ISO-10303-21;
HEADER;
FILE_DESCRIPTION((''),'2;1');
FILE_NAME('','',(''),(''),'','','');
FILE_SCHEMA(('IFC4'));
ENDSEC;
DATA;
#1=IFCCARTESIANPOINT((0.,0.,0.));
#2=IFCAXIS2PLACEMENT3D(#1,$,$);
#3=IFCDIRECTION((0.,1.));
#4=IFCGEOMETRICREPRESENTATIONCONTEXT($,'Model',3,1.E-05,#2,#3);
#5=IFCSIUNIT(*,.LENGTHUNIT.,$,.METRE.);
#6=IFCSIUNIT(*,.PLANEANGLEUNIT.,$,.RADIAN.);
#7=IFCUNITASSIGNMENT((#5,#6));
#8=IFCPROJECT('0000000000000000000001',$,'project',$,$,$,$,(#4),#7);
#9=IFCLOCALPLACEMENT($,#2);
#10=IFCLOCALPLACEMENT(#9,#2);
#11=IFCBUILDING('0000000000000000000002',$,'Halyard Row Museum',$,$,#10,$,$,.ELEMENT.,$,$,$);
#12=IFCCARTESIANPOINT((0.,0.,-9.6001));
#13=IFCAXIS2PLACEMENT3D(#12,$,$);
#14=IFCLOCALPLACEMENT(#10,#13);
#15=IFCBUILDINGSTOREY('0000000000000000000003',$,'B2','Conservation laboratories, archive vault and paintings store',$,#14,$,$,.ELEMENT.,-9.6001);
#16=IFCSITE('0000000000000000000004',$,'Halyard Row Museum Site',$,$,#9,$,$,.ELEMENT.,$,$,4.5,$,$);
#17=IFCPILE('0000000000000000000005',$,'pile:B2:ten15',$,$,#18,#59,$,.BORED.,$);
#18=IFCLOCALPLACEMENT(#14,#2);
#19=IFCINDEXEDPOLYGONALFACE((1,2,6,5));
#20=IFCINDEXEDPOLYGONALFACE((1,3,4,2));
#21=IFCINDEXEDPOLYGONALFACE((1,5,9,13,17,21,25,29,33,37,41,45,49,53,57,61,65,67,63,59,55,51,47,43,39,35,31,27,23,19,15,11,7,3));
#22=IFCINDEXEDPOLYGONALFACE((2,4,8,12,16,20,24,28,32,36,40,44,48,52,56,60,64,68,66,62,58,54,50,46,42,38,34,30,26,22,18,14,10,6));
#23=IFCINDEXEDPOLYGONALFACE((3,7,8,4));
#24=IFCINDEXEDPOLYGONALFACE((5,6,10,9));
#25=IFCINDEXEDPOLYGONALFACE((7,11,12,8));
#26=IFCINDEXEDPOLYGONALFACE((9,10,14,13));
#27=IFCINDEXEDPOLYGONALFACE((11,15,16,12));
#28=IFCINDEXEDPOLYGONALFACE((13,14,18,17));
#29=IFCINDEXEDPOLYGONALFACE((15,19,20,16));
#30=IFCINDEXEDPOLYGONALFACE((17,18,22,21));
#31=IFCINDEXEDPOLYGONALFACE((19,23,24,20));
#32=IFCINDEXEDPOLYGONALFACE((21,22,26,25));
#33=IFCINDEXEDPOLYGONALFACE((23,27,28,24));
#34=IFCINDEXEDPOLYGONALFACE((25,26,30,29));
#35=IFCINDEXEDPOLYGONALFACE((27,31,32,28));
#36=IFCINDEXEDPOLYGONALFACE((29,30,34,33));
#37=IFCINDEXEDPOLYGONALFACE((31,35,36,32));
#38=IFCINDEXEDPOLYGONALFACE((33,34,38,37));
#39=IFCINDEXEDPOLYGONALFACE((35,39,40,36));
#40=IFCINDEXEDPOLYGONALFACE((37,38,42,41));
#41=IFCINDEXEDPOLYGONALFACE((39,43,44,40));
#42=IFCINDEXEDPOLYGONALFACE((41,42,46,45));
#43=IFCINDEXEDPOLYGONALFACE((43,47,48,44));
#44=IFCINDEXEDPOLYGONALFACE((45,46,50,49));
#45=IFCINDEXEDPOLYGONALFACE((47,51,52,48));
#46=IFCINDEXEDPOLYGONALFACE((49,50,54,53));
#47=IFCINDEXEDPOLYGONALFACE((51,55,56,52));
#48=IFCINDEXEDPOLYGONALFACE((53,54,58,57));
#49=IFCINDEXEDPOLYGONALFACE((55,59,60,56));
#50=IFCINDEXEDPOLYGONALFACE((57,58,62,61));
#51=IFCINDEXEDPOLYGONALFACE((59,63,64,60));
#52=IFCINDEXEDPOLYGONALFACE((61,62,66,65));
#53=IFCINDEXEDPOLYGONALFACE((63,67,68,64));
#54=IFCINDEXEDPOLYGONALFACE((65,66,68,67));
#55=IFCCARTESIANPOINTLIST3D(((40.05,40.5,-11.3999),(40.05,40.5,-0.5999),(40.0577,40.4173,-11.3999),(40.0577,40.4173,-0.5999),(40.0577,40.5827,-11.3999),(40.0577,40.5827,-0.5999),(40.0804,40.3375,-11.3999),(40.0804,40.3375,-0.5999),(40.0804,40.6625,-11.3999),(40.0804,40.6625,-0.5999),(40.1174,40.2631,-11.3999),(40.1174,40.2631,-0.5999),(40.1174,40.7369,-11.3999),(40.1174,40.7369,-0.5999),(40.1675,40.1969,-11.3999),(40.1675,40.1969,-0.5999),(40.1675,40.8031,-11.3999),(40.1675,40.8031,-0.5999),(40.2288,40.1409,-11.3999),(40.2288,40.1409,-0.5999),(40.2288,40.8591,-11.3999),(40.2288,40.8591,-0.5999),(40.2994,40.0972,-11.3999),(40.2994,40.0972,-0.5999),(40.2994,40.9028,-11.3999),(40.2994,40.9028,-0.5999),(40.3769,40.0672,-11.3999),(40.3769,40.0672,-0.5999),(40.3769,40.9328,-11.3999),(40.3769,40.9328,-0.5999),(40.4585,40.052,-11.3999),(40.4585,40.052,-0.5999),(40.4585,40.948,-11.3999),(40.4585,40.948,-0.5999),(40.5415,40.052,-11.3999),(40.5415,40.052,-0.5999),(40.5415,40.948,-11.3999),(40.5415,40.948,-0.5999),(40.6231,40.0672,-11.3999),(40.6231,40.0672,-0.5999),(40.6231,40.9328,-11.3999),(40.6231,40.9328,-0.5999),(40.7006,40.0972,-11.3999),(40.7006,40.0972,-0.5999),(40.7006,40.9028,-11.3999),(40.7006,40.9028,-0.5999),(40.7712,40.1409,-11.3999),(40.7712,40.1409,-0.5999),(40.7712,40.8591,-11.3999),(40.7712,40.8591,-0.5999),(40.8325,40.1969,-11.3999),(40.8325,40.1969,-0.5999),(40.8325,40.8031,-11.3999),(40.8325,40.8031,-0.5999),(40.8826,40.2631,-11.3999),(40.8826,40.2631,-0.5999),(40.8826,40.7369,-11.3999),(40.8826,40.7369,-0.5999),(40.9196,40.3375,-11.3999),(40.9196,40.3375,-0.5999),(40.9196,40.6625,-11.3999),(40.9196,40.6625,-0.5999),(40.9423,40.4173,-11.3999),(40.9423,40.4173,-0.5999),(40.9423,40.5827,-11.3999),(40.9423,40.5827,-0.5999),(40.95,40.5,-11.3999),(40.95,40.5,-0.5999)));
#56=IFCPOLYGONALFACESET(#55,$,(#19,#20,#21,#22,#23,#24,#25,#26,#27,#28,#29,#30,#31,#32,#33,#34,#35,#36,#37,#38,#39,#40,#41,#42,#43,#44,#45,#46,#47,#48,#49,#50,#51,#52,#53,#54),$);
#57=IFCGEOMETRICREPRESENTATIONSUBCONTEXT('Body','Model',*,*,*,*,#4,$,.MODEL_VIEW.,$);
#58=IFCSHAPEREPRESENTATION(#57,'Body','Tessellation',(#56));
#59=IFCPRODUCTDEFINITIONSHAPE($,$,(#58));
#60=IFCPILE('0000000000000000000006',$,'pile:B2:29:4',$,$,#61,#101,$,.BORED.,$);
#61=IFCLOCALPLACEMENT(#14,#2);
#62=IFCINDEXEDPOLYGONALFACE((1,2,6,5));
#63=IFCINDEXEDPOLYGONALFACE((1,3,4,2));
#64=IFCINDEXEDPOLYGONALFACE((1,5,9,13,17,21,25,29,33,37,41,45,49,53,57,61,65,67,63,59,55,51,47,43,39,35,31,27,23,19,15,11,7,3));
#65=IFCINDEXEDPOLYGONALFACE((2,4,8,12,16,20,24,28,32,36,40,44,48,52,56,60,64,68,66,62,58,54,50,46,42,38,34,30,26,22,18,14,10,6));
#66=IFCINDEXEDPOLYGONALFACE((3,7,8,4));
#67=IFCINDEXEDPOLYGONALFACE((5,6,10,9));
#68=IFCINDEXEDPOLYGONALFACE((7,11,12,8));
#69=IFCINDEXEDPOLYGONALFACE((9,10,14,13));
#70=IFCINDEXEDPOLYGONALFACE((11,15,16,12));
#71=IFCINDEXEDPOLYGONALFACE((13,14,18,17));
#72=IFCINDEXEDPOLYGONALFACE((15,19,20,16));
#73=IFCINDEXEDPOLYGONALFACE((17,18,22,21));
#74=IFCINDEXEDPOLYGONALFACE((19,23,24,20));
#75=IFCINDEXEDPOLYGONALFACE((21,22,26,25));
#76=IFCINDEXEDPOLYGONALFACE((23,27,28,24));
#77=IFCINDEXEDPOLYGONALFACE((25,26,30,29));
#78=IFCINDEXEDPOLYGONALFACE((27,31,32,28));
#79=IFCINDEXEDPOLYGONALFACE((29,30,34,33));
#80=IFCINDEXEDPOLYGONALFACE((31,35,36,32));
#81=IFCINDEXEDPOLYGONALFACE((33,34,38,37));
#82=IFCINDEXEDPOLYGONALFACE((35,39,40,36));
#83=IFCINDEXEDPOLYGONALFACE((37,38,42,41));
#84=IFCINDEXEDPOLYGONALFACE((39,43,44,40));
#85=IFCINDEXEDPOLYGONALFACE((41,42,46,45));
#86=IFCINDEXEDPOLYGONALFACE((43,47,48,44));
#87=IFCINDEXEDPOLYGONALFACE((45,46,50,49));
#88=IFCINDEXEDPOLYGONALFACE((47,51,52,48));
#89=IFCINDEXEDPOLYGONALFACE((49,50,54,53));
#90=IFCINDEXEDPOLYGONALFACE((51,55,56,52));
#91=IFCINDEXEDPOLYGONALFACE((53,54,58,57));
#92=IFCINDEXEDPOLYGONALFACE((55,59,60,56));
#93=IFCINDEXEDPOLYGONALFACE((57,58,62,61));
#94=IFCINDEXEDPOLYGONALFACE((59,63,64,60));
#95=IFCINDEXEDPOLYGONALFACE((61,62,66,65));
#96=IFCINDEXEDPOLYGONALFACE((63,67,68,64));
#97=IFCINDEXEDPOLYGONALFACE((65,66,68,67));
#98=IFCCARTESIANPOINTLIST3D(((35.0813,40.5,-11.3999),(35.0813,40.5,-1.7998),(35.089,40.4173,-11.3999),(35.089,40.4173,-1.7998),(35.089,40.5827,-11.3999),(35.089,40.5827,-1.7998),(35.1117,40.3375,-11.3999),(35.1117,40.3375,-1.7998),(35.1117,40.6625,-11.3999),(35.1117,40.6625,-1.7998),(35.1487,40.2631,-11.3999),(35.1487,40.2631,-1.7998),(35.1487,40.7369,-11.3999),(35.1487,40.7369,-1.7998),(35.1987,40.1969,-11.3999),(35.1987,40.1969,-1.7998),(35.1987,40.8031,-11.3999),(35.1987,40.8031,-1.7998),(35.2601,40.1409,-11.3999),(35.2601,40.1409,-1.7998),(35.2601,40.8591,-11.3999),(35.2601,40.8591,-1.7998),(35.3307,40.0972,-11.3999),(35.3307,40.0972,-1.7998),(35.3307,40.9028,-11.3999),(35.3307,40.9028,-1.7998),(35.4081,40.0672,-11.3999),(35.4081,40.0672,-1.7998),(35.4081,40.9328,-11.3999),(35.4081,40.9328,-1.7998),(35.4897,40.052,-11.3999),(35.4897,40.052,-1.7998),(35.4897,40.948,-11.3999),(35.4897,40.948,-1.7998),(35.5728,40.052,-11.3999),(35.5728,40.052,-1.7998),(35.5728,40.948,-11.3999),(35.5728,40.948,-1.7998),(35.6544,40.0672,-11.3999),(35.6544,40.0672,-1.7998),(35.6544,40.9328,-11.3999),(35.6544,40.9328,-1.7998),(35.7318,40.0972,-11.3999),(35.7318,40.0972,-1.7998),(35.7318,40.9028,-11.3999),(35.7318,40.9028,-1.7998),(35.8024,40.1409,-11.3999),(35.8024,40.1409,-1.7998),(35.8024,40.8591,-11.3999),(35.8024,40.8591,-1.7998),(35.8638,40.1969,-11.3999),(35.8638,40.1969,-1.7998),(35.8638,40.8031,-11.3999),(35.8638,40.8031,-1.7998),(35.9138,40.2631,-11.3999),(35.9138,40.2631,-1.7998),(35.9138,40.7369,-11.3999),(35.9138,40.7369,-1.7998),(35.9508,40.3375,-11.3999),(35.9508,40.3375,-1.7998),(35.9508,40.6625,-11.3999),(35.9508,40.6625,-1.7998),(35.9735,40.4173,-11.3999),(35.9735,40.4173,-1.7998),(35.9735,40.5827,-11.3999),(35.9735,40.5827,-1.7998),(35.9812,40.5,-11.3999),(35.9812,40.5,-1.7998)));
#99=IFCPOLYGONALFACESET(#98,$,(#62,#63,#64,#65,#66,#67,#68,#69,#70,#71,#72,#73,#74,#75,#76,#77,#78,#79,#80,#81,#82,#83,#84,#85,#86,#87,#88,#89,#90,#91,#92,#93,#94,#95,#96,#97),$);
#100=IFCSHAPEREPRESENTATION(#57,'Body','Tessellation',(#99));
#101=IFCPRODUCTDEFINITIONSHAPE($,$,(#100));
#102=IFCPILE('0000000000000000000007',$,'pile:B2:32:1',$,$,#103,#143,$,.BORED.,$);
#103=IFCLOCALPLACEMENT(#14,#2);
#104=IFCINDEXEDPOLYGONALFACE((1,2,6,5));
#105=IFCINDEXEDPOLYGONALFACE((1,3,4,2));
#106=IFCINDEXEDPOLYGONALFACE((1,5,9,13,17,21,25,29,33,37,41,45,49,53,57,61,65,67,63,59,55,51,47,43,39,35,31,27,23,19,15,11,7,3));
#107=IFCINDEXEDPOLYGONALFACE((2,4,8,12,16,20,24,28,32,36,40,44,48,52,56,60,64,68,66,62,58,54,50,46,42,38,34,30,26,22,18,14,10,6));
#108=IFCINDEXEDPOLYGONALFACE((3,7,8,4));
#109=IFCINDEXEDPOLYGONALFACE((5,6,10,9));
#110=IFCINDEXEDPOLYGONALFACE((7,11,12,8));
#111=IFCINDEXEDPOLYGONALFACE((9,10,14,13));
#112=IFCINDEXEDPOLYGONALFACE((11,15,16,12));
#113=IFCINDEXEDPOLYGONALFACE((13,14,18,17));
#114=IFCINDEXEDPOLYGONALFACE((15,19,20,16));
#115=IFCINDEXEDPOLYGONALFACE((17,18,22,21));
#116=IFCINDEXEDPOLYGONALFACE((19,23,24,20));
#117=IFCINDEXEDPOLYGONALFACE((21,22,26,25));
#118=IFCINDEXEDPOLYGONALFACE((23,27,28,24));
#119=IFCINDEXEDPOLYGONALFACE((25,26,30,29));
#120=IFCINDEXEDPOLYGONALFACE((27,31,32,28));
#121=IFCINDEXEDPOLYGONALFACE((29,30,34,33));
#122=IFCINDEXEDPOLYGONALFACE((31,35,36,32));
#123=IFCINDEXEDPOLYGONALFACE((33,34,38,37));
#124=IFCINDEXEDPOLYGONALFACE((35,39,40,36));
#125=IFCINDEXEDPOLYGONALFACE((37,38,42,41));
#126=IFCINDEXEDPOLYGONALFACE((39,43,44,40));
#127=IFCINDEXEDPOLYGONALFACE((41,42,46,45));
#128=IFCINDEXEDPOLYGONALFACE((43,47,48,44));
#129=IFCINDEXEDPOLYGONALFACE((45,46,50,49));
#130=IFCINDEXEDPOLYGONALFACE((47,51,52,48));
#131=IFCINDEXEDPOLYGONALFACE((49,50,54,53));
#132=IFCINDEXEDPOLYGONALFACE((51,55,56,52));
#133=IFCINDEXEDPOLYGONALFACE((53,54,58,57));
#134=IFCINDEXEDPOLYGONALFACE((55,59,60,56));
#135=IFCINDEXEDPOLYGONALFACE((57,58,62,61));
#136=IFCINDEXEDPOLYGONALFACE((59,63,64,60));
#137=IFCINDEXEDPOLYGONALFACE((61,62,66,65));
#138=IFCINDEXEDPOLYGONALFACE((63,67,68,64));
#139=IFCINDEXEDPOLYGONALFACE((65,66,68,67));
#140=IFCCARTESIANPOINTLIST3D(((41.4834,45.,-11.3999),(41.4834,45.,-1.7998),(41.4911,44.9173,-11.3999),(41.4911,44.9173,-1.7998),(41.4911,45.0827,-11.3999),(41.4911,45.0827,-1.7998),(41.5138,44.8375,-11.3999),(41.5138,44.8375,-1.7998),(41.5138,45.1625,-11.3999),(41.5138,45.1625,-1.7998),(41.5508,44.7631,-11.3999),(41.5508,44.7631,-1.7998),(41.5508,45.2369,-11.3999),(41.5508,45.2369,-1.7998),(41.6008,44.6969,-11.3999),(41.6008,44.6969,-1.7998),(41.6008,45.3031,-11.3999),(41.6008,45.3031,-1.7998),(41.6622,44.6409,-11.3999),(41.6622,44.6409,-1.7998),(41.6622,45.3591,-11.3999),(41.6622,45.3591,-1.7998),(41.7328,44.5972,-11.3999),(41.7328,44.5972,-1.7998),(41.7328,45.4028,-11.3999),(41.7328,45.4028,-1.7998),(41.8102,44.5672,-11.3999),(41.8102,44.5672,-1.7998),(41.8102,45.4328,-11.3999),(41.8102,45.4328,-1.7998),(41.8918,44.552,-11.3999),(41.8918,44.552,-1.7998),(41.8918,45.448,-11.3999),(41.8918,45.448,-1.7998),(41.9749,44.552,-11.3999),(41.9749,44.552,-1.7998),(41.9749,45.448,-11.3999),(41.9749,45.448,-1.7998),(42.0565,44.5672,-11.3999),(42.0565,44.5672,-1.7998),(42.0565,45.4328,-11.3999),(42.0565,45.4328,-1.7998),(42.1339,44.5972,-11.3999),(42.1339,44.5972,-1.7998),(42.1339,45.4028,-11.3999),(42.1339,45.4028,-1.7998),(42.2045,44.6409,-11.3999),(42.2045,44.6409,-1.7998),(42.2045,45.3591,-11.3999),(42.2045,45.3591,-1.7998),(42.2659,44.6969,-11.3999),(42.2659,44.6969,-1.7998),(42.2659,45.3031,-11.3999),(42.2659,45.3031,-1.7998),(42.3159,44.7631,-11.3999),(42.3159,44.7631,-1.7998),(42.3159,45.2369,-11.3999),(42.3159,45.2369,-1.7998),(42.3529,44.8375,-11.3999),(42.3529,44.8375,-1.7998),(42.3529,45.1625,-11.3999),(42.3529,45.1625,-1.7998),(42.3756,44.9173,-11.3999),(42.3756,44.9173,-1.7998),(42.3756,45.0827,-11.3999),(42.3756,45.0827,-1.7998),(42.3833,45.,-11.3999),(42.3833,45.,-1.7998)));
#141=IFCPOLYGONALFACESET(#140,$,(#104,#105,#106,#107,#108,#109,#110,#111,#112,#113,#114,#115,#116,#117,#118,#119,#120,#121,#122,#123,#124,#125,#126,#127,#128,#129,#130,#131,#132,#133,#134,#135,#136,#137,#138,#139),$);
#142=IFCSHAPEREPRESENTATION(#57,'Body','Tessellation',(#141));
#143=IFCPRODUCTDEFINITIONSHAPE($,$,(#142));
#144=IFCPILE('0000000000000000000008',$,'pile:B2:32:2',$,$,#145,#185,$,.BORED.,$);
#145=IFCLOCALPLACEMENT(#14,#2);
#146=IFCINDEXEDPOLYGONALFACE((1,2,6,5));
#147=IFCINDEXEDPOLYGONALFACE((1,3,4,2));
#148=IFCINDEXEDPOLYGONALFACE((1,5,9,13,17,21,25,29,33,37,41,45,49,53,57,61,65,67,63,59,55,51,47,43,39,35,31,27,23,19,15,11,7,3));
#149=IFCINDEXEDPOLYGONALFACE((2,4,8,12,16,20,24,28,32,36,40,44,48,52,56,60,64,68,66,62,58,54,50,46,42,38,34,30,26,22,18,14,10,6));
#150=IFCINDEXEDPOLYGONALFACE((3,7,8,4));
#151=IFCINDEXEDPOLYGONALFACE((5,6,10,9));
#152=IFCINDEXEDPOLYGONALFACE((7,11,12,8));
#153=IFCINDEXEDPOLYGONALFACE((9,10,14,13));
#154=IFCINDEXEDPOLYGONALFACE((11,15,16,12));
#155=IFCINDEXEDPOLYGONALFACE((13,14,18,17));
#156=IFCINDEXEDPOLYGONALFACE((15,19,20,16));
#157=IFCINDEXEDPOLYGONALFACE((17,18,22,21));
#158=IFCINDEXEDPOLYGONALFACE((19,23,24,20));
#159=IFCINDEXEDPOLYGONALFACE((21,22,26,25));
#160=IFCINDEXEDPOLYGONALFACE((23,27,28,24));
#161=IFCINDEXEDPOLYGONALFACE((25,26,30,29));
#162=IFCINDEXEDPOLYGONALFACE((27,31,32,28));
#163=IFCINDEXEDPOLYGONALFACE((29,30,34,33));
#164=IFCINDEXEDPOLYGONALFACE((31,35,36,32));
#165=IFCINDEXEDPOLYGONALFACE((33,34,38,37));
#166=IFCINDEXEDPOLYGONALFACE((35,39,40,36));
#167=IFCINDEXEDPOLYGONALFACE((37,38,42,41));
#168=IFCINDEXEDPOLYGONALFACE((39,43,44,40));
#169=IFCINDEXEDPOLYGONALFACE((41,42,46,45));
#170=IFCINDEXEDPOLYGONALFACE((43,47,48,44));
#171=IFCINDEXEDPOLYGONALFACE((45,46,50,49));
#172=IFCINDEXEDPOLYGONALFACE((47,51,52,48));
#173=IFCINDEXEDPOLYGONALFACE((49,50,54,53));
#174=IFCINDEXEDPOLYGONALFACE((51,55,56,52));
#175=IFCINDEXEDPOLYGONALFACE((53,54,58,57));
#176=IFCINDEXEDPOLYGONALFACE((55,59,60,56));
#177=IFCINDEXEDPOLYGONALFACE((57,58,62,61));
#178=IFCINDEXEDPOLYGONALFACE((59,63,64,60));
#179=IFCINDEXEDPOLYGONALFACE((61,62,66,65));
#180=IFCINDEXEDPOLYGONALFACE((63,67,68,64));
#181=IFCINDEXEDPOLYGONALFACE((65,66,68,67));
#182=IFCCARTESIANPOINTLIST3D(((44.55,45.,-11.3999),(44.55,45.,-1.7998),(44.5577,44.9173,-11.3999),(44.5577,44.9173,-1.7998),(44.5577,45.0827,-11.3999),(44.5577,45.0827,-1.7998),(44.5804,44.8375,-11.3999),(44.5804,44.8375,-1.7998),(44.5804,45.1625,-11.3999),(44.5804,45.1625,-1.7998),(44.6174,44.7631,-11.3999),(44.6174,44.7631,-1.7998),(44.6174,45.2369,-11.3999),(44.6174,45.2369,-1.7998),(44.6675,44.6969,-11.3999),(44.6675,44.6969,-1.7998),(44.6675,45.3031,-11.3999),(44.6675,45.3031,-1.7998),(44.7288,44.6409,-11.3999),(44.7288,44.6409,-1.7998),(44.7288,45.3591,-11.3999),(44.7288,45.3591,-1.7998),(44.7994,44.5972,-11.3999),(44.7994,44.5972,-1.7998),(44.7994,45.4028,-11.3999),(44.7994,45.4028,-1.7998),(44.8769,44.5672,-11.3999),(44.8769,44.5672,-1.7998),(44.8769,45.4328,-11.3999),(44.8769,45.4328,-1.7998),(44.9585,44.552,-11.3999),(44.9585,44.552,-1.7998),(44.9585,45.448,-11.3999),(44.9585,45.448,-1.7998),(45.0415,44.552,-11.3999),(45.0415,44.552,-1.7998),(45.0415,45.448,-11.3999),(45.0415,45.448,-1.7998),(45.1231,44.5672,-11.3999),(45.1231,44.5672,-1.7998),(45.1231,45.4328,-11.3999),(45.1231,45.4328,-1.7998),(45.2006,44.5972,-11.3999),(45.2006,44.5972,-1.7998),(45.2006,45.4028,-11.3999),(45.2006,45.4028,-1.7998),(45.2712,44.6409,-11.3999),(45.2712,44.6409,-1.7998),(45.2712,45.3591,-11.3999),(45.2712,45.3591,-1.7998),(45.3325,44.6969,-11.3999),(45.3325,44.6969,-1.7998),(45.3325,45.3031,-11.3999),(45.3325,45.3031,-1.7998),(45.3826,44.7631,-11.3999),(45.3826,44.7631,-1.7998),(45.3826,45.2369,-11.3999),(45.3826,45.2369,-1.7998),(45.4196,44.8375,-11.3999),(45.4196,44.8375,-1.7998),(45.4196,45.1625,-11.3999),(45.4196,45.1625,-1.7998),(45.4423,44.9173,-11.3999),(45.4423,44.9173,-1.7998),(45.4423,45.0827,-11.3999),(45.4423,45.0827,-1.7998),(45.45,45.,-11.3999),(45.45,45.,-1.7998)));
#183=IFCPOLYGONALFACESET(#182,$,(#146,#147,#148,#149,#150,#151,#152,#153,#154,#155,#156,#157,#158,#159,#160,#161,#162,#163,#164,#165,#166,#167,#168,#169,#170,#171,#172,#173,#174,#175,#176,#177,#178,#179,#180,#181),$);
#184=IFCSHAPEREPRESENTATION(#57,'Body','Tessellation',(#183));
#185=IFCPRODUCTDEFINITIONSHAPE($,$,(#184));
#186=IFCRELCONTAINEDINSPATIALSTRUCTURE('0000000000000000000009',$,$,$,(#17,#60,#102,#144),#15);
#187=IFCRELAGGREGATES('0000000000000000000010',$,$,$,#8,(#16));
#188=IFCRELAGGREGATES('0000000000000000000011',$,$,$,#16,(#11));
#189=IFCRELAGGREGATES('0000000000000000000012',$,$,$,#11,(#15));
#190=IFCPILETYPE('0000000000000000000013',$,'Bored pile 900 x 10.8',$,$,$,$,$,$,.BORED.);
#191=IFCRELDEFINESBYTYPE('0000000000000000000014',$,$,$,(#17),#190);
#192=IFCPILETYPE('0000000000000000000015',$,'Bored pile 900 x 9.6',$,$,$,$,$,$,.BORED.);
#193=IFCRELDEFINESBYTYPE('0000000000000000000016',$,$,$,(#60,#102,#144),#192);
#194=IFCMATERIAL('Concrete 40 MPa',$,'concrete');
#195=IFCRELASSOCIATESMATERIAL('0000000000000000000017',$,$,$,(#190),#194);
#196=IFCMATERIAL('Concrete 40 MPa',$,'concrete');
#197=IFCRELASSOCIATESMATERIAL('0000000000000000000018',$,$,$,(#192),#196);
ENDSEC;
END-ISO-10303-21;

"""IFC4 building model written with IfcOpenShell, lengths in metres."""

from ifc_helpers import new_model, si_unit, direction, frame, origin, origin_2d, place, context, subcontext, project, spatial, circle, extrude, material, material_profile, profile_set, type_object, element, save


model = new_model("IFC4")

# Units and contexts
model_context = context("Model", 3, precision=1e-05, world=origin(), true_north=direction((0.0, 1.0)))
body_context = subcontext(model_context, "Body", "Model", "MODEL_VIEW")
ifc_project = project(units=[si_unit("LENGTHUNIT", "METRE"), si_unit("PLANEANGLEUNIT", "RADIAN")], contexts=[model_context])

# Site, building, storey
site_placement = place(None, origin())
site = spatial("IfcSite", under=ifc_project, at=site_placement, Name="Halyard Row Museum Site", CompositionType="ELEMENT", RefElevation=4.5)
building_placement = place(site_placement, origin())
building = spatial("IfcBuilding", under=site, at=building_placement, Name="Halyard Row Museum", CompositionType="ELEMENT")
storey_placement = place(building_placement, frame((0.0, 0.0, -9.6001)))
storey = spatial("IfcBuildingStorey", under=building, at=storey_placement, Name="B2", Description="Conservation laboratories, archive vault and paintings store", CompositionType="ELEMENT", Elevation=-9.6001)

# Piles
ifc_material_1 = material(Name="Concrete 40 MPa", Category="concrete")
ifc_material_profile_1 = material_profile(ifc_material_1, circle(Radius=0.45, at=origin_2d()), Name="Bored pile 900 x 10.8")
ifc_profile_set_1 = profile_set([ifc_material_profile_1], Name="Concrete 40 MPa")
pile_type_1 = type_object("IfcPileType", Name="Bored pile 900 x 10.8", PredefinedType="BORED", material=ifc_profile_set_1)
for number, where, z_axis, x_axis, name in (
    (1, (40.5, 40.5, -0.5999), (0.0, 0.0, -1.0), (1.0, 0.0, 0.0), "pile:B2:ten15"),
):
    element("IfcPile", number, at=place(storey_placement, frame(where, z_axis=z_axis, x_axis=x_axis)), inside=storey, type_object=pile_type_1, Name=name, PredefinedType="BORED", context=body_context, shape_type="SweptSolid", body=[
        extrude(circle(Radius=0.45, at=origin_2d()), origin(), (0.0, 0.0, 1.0), 10.8),
    ])
ifc_material_2 = material(Name="Concrete 40 MPa", Category="concrete")
ifc_material_profile_2 = material_profile(ifc_material_2, circle(Radius=0.45, at=origin_2d()), Name="Bored pile 900 x 9.6")
ifc_profile_set_2 = profile_set([ifc_material_profile_2], Name="Concrete 40 MPa")
pile_type_2 = type_object("IfcPileType", Name="Bored pile 900 x 9.6", PredefinedType="BORED", material=ifc_profile_set_2)
for number, where, z_axis, x_axis, name in (
    (2, (35.5312, 40.5, -1.7998), (0.0, 0.0, -1.0), (1.0, 0.0, 0.0), "pile:B2:29:4"),
    (3, (41.9333, 45.0, -1.7998), (0.0, 0.0, -1.0), (1.0, 0.0, 0.0), "pile:B2:32:1"),
    (4, (45.0, 45.0, -1.7998), (0.0, 0.0, -1.0), (1.0, 0.0, 0.0), "pile:B2:32:2"),
):
    element("IfcPile", number, at=place(storey_placement, frame(where, z_axis=z_axis, x_axis=x_axis)), inside=storey, type_object=pile_type_2, Name=name, PredefinedType="BORED", context=body_context, shape_type="SweptSolid", body=[
        extrude(circle(Radius=0.45, at=origin_2d()), origin(), (0.0, 0.0, 1.0), 9.6001),
    ])

save(model, "model.ifc")
